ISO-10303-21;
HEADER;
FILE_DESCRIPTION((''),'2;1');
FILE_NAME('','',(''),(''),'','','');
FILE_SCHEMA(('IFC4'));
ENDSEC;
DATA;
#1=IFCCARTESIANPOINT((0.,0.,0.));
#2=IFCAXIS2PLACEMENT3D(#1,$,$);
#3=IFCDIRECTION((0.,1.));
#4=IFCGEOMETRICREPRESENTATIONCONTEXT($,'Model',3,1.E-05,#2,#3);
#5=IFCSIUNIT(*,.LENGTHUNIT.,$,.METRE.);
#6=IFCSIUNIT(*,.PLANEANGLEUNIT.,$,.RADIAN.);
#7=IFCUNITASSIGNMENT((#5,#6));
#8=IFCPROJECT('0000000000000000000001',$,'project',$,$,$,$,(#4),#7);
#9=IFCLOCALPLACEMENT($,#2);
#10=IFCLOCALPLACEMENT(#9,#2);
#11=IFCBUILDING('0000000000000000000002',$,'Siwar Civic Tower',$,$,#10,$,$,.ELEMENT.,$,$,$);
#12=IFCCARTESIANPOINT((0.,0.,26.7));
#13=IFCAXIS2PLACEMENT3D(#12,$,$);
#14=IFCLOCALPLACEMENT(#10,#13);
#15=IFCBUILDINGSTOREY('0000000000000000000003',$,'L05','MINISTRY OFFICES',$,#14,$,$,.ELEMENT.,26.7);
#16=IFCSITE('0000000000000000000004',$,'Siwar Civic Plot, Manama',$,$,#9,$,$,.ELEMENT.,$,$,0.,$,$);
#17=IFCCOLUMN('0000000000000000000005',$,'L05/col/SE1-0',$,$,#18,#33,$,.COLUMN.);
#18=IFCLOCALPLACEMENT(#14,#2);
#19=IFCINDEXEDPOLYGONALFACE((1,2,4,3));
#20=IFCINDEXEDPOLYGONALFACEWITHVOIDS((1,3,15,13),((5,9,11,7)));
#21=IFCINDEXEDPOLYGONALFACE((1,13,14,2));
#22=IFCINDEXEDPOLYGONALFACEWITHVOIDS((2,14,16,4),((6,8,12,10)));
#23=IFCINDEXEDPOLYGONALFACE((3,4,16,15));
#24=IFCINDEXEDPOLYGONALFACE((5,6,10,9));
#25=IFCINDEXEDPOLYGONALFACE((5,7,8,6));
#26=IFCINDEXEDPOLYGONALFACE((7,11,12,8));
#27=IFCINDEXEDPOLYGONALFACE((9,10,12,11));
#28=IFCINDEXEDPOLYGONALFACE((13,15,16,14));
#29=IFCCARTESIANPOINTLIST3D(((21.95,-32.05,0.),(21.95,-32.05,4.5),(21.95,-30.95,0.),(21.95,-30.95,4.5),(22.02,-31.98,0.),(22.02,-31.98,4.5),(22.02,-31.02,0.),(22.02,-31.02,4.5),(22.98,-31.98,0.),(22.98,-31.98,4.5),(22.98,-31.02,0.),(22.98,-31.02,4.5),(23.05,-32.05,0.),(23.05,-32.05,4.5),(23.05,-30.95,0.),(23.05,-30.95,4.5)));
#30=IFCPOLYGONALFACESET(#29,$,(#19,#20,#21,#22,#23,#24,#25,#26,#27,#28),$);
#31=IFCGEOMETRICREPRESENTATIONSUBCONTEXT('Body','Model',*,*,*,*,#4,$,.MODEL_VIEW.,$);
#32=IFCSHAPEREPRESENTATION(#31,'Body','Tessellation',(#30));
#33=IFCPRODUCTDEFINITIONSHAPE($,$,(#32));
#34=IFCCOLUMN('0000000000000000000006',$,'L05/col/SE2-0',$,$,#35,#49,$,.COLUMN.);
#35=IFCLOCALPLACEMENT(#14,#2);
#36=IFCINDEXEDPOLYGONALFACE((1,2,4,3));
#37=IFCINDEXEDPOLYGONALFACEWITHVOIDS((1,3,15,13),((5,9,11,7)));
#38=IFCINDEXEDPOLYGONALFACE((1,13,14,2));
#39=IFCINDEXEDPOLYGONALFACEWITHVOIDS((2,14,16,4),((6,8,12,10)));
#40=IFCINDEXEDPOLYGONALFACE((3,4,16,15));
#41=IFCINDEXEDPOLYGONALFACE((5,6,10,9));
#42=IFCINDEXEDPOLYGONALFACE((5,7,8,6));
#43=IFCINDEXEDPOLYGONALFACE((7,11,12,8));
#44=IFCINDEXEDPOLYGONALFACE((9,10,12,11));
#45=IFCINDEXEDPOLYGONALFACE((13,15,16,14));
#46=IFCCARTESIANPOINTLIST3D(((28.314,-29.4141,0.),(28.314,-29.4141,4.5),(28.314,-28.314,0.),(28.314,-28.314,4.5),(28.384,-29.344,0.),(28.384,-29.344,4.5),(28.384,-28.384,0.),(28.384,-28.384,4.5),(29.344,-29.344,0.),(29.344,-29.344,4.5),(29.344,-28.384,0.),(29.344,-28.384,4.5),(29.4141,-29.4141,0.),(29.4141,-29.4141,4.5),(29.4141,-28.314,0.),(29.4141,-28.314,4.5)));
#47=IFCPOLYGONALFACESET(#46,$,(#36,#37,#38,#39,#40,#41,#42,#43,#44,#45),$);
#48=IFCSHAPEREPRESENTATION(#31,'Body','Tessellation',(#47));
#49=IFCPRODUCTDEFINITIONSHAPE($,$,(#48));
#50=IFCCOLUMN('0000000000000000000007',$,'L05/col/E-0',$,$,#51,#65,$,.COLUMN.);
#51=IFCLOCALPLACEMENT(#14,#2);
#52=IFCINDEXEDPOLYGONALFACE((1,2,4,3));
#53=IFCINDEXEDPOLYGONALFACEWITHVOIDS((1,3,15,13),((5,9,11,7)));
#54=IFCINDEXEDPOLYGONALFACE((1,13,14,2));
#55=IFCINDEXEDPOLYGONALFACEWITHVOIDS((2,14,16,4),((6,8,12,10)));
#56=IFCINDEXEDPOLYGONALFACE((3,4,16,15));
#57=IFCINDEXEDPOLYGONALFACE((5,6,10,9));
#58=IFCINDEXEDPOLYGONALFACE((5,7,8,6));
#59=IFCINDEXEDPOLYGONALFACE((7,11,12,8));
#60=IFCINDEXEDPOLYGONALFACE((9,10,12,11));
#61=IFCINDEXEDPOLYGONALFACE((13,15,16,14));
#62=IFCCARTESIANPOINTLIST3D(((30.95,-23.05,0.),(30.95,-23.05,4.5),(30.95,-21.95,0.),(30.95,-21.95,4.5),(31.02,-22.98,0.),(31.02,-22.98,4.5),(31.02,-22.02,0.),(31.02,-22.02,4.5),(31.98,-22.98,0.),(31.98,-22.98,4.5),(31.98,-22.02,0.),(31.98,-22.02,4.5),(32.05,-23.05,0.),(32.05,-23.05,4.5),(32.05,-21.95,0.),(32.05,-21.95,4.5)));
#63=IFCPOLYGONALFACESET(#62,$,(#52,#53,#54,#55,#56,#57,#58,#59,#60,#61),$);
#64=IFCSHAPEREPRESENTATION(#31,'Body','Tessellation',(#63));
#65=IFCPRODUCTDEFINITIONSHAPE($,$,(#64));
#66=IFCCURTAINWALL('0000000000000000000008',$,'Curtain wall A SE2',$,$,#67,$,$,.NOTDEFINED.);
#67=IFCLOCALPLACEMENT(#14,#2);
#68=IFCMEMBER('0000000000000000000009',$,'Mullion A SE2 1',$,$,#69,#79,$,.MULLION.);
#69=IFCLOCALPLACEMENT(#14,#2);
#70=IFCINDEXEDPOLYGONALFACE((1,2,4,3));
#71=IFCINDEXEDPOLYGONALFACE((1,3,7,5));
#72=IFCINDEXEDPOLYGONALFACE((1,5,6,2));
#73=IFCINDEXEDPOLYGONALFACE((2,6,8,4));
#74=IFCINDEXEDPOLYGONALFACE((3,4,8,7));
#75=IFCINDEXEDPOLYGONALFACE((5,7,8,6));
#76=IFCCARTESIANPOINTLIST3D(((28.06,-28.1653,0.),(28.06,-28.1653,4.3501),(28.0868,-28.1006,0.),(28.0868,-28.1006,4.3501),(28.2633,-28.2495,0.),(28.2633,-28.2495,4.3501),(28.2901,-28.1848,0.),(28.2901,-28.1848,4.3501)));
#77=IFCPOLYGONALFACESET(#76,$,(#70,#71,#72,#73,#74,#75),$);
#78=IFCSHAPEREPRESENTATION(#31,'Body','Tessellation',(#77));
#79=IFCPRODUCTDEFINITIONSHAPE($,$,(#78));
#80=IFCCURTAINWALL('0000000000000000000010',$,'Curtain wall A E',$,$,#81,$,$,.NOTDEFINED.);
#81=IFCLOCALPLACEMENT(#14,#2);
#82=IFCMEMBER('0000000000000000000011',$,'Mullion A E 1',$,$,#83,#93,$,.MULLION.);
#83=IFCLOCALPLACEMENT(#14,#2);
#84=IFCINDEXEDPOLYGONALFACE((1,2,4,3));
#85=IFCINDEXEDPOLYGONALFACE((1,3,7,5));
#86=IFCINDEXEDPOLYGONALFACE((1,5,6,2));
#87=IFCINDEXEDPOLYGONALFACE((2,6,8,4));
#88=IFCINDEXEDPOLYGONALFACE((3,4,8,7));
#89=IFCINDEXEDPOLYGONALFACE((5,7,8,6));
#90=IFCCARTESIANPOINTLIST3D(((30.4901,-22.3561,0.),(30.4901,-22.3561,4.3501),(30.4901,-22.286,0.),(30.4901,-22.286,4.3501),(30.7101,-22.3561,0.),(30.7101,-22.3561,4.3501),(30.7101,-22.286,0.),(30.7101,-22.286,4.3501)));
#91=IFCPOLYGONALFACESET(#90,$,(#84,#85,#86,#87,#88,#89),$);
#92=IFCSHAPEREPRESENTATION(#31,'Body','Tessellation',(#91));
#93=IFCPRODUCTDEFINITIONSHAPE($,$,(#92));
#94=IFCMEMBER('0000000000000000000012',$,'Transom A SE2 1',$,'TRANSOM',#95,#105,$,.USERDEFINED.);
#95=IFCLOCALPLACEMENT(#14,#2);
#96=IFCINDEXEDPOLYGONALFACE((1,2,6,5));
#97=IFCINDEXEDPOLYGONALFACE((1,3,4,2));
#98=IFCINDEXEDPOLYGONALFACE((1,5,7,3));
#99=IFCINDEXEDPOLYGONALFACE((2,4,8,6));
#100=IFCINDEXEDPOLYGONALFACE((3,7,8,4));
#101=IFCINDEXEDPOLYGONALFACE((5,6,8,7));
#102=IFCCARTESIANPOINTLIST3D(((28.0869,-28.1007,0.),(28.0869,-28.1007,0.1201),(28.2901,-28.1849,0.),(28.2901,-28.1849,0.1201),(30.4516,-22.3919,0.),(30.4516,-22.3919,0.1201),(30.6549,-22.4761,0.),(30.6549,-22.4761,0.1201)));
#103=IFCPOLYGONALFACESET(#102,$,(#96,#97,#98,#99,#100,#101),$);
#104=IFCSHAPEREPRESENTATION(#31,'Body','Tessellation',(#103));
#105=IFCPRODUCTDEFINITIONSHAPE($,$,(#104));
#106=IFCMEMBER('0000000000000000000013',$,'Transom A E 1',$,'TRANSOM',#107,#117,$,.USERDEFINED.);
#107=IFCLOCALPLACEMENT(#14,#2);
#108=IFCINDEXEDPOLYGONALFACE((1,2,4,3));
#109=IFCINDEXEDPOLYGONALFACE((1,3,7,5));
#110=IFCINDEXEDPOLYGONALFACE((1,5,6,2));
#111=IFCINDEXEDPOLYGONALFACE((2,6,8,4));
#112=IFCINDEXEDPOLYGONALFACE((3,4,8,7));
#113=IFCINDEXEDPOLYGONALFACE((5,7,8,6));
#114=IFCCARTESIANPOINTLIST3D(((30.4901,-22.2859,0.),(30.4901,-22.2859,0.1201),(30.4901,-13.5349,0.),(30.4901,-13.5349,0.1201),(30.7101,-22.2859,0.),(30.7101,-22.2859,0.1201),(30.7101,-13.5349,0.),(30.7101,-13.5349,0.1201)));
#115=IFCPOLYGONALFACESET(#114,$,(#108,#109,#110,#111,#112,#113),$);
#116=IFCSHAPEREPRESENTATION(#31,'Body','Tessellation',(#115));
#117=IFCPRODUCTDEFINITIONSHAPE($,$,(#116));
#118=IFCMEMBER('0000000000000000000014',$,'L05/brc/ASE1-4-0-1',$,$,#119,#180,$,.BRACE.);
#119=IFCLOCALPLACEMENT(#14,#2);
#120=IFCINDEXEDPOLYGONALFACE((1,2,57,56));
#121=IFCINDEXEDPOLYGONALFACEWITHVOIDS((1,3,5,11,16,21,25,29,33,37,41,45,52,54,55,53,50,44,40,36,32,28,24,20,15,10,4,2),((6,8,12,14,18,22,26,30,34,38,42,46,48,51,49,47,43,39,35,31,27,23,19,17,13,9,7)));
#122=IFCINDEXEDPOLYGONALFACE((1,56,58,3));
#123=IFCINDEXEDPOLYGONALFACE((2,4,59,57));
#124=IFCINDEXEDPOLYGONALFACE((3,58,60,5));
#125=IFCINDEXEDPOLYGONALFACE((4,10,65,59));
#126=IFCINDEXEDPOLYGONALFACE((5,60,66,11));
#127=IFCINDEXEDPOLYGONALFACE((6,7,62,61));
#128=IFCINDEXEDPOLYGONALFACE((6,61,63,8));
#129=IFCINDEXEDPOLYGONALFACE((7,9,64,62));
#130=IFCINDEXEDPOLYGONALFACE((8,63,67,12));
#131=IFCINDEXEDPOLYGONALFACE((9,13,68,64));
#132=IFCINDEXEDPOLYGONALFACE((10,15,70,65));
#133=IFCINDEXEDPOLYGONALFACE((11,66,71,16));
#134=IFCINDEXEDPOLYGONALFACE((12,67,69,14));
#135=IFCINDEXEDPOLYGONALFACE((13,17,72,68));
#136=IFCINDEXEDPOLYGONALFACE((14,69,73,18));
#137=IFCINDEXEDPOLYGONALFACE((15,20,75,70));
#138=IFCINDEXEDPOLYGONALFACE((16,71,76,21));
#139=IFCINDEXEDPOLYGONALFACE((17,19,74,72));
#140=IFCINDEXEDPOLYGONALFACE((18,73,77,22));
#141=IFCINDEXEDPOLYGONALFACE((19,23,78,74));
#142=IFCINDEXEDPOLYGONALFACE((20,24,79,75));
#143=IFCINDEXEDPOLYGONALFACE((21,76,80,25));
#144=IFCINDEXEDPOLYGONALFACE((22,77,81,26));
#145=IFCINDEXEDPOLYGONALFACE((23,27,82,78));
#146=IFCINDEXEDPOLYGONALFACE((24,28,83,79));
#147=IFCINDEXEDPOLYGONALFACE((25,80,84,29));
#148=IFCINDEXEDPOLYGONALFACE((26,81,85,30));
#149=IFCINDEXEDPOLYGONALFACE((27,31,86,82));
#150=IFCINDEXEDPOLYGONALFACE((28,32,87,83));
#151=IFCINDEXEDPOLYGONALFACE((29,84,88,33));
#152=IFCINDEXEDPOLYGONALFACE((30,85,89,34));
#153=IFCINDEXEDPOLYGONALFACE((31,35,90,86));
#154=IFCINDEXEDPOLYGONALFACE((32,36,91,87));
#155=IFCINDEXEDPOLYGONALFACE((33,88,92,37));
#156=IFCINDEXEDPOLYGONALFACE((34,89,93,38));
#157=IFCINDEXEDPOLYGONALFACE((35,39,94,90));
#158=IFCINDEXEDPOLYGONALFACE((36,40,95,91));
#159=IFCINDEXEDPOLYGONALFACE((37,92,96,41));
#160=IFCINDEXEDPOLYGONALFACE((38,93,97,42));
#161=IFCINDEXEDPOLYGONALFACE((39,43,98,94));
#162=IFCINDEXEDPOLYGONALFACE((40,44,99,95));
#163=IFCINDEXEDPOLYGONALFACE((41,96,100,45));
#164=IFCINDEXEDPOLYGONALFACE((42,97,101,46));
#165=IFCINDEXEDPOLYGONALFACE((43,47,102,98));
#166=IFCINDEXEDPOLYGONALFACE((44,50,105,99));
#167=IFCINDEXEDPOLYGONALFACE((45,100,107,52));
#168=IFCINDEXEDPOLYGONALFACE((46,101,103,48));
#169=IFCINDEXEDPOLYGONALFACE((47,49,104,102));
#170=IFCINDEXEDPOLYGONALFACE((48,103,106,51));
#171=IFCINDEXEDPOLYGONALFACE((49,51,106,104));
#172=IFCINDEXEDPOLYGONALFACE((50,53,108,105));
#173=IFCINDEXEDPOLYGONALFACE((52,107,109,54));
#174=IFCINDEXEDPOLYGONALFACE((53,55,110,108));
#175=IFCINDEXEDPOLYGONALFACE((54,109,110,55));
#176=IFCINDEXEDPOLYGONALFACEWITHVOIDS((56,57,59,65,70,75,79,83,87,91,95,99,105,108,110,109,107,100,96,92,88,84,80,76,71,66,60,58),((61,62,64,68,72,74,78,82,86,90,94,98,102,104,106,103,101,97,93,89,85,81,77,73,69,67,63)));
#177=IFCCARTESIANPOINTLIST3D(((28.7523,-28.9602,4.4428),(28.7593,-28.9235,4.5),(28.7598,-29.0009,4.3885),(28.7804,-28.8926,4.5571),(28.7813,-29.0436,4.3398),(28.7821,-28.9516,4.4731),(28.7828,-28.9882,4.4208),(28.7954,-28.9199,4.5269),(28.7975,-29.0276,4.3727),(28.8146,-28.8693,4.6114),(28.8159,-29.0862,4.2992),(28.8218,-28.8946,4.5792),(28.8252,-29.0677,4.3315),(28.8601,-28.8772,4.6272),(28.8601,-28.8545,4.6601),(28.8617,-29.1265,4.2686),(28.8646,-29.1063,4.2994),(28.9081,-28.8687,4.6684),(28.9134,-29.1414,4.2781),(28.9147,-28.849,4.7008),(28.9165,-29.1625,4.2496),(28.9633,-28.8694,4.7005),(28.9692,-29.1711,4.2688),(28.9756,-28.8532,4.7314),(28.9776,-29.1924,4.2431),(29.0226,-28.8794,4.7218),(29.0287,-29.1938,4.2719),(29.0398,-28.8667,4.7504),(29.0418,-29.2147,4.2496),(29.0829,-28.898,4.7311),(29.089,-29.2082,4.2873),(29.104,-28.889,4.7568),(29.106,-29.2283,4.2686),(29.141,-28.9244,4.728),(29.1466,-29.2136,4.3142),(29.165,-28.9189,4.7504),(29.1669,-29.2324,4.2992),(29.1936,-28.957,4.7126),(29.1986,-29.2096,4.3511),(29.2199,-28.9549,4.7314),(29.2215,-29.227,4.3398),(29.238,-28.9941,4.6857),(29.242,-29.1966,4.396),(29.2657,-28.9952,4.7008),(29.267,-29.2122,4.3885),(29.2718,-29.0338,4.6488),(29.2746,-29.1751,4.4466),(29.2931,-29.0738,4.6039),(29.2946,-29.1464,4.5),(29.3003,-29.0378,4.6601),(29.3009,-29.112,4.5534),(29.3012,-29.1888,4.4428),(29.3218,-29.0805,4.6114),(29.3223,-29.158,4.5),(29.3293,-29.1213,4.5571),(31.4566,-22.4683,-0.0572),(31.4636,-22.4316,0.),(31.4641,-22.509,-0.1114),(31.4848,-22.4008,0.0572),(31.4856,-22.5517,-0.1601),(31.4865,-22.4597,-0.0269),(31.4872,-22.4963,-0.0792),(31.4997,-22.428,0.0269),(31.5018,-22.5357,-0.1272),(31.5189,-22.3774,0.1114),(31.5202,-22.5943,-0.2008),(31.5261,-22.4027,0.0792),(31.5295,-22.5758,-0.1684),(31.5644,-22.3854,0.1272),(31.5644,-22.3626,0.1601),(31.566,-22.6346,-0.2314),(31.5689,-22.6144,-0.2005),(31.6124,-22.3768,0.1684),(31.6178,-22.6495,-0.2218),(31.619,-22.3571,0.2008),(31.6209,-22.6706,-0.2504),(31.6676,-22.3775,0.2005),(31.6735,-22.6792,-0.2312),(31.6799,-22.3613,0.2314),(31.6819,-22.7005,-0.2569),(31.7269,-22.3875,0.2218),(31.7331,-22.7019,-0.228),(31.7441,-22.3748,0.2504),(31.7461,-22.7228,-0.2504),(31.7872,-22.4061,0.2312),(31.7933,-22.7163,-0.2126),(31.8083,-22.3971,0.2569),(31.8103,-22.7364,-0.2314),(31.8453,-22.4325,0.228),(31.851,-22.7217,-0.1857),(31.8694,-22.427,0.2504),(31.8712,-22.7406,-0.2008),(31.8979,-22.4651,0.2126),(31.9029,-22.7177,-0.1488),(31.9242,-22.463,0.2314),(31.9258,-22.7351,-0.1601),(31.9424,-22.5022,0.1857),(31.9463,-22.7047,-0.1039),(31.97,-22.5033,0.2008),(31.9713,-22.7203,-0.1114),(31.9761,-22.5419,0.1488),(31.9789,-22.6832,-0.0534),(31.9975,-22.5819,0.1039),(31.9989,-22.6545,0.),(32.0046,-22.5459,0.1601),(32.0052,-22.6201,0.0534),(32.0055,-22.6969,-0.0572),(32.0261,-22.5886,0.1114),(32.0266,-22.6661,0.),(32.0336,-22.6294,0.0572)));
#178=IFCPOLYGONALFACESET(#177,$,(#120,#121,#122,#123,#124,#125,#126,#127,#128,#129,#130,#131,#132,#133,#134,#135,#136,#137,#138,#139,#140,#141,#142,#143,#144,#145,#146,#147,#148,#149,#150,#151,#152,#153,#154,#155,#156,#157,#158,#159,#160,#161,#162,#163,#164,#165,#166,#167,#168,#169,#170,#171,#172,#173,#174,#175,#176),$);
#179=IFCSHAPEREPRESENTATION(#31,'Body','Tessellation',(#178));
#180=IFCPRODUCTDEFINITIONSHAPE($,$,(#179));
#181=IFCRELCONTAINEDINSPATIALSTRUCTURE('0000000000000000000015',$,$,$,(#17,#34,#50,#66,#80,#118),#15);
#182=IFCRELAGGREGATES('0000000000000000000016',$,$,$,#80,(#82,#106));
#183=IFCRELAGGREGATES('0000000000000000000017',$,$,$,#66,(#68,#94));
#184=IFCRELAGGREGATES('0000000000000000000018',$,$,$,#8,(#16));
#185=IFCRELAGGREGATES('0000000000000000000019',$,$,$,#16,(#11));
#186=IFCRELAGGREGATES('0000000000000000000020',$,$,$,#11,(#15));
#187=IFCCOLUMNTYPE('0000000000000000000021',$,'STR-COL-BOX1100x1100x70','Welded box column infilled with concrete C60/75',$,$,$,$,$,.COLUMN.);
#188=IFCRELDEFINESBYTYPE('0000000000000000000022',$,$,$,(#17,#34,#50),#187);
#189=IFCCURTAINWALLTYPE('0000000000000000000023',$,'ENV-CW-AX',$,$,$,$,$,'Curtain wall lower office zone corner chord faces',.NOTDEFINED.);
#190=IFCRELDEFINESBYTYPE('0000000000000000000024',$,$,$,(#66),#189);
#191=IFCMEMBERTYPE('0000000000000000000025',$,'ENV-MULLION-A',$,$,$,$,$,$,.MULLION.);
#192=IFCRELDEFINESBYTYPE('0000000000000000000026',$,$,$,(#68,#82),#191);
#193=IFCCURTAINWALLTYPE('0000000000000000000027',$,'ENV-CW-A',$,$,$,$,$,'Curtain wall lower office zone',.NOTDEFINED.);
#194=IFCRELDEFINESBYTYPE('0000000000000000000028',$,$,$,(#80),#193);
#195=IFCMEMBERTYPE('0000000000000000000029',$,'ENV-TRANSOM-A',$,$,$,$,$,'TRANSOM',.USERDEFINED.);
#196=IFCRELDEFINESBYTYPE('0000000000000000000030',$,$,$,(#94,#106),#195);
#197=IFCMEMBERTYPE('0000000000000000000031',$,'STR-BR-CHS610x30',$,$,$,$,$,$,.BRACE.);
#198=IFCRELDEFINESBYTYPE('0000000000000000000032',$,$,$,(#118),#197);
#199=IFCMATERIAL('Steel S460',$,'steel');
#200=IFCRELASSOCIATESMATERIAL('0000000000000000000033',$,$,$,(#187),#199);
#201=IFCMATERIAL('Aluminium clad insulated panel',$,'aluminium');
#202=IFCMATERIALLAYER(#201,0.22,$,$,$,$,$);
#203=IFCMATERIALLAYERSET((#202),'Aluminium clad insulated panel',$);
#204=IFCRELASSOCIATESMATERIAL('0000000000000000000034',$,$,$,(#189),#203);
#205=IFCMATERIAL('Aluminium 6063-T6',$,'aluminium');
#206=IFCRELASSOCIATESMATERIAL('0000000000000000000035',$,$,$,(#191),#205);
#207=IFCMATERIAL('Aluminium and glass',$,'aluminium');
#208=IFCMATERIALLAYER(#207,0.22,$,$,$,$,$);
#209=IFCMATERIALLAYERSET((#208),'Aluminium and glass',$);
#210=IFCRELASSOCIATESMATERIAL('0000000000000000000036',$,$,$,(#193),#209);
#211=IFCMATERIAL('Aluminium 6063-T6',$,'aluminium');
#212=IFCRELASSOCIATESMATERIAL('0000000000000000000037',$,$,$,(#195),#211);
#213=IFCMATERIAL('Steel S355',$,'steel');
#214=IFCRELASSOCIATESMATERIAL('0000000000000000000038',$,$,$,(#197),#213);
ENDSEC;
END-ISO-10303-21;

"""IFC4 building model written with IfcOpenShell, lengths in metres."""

from ifc_helpers import new_model, si_unit, direction, frame, origin, origin_2d, place, context, subcontext, project, spatial, rectangle, hollow_rectangle, hollow_circle, extrude, material, layer, layer_set, material_profile, profile_set, type_object, element, aggregate, save


model = new_model("IFC4")

# Units and contexts
model_context = context("Model", 3, precision=1e-05, world=origin(), true_north=direction((0.0, 1.0)))
body_context = subcontext(model_context, "Body", "Model", "MODEL_VIEW")
ifc_project = project(units=[si_unit("LENGTHUNIT", "METRE"), si_unit("PLANEANGLEUNIT", "RADIAN")], contexts=[model_context])

# Site, building, storey
site_placement = place(None, origin())
site = spatial("IfcSite", under=ifc_project, at=site_placement, Name="Siwar Civic Plot, Manama", CompositionType="ELEMENT", RefElevation=0.0)
building_placement = place(site_placement, origin())
building = spatial("IfcBuilding", under=site, at=building_placement, Name="Siwar Civic Tower", CompositionType="ELEMENT")
storey_placement = place(building_placement, frame((0.0, 0.0, 26.7)))
storey = spatial("IfcBuildingStorey", under=building, at=storey_placement, Name="L05", Description="MINISTRY OFFICES", CompositionType="ELEMENT", Elevation=26.7)

# Columns
ifc_material_1 = material(Name="Steel S460", Category="steel")
ifc_material_profile_1 = material_profile(ifc_material_1, hollow_rectangle(XDim=1.1001, YDim=1.1001, WallThickness=0.0701, at=origin_2d()), Name="BOX1100x1100x70")
ifc_profile_set_1 = profile_set([ifc_material_profile_1], Name="Steel S460")
column_type = type_object("IfcColumnType", Name="STR-COL-BOX1100x1100x70", Description="Welded box column infilled with concrete C60/75", PredefinedType="COLUMN", material=ifc_profile_set_1)
for number, where, z_axis, x_axis, name in (
    (1, (22.5, -31.5, 0.0), (0.0, 0.0, 1.0), (1.0, 0.0, 0.0), "L05/col/SE1-0"),
    (2, (28.864, -28.864, 0.0), (0.0, 0.0, 1.0), (1.0, 0.0, 0.0), "L05/col/SE2-0"),
    (3, (31.5, -22.5, 0.0), (0.0, 0.0, 1.0), (1.0, 0.0, 0.0), "L05/col/E-0"),
):
    element("IfcColumn", number, at=place(storey_placement, frame(where, z_axis=z_axis, x_axis=x_axis)), inside=storey, type_object=column_type, Name=name, PredefinedType="COLUMN", context=body_context, shape_type="SweptSolid", body=[
        extrude(hollow_rectangle(XDim=1.1001, YDim=1.1001, WallThickness=0.0701, at=origin_2d()), origin(), (0.0, 0.0, 1.0), 4.5),
    ])

# Curtain walls, members
ifc_material_2 = material(Name="Aluminium clad insulated panel", Category="aluminium")
ifc_layer_1 = layer(ifc_material_2, 0.22)
ifc_layer_set_1 = layer_set([ifc_layer_1], Name="Aluminium clad insulated panel")
curtain_wall_type_1 = type_object("IfcCurtainWallType", Name="ENV-CW-AX", ElementType="Curtain wall lower office zone corner chord faces", PredefinedType="NOTDEFINED", material=ifc_layer_set_1)
curtain_wall_1_placement = place(storey_placement, origin())
curtain_wall_1 = element("IfcCurtainWall", 4, at=curtain_wall_1_placement, inside=storey, type_object=curtain_wall_type_1, Name="Curtain wall A SE2", PredefinedType="NOTDEFINED")
ifc_material_3 = material(Name="Aluminium 6063-T6", Category="aluminium")
ifc_material_profile_2 = material_profile(ifc_material_3, rectangle(XDim=0.22, YDim=0.0701, at=origin_2d()), Name="AL 220x70")
ifc_profile_set_2 = profile_set([ifc_material_profile_2], Name="Aluminium 6063-T6")
member_type_1 = type_object("IfcMemberType", Name="ENV-MULLION-A", PredefinedType="MULLION", material=ifc_profile_set_2)
member_1_placement = place(storey_placement, frame((28.175, -28.175, 0.0), z_axis=(0.0, 0.0, 1.0), x_axis=(-0.92388, 0.382683, 0.0)))
member_1 = element("IfcMember", 5, at=member_1_placement, type_object=member_type_1, Name="Mullion A SE2 1", PredefinedType="MULLION", context=body_context, shape_type="SweptSolid", body=[
    extrude(rectangle(XDim=0.22, YDim=0.0701, at=origin_2d()), origin(), (0.0, 0.0, 1.0), 4.3501),
])
ifc_material_4 = material(Name="Aluminium and glass", Category="aluminium")
ifc_layer_2 = layer(ifc_material_4, 0.22)
ifc_layer_set_2 = layer_set([ifc_layer_2], Name="Aluminium and glass")
curtain_wall_type_2 = type_object("IfcCurtainWallType", Name="ENV-CW-A", ElementType="Curtain wall lower office zone", PredefinedType="NOTDEFINED", material=ifc_layer_set_2)
curtain_wall_2_placement = place(storey_placement, origin())
curtain_wall_2 = element("IfcCurtainWall", 6, at=curtain_wall_2_placement, inside=storey, type_object=curtain_wall_type_2, Name="Curtain wall A E", PredefinedType="NOTDEFINED")
member_2_placement = place(storey_placement, frame((30.6001, -22.321, 0.0), z_axis=(0.0, 0.0, 1.0), x_axis=(-1.0, 0.0, 0.0)))
member_2 = element("IfcMember", 7, at=member_2_placement, type_object=member_type_1, Name="Mullion A E 1", PredefinedType="MULLION", context=body_context, shape_type="SweptSolid", body=[
    extrude(rectangle(XDim=0.22, YDim=0.0701, at=origin_2d()), origin(), (0.0, 0.0, 1.0), 4.3501),
])

# Members
ifc_material_5 = material(Name="Aluminium 6063-T6", Category="aluminium")
ifc_material_profile_3 = material_profile(ifc_material_5, rectangle(XDim=0.22, YDim=0.1201, at=origin_2d()), Name="AL 220x120")
ifc_profile_set_3 = profile_set([ifc_material_profile_3], Name="Aluminium 6063-T6")
member_type_2 = type_object("IfcMemberType", Name="ENV-TRANSOM-A", ElementType="TRANSOM", PredefinedType="USERDEFINED", material=ifc_profile_set_3)
member_3_placement = place(storey_placement, frame((28.1885, -28.1428, 0.0601), z_axis=(0.382698, 0.923873, 0.0), x_axis=(-0.923873, 0.382698, 0.0)))
member_3 = element("IfcMember", 8, at=member_3_placement, type_object=member_type_2, Name="Transom A SE2 1", ObjectType="TRANSOM", PredefinedType="USERDEFINED", context=body_context, shape_type="SweptSolid", body=[
    extrude(rectangle(XDim=0.22, YDim=0.1201, at=origin_2d()), origin(), (0.0, 0.0, 1.0), 6.1792),
])
member_4_placement = place(storey_placement, frame((30.6001, -22.2859, 0.0601), z_axis=(0.0, 1.0, 0.0), x_axis=(-1.0, 0.0, 0.0)))
member_4 = element("IfcMember", 9, at=member_4_placement, type_object=member_type_2, Name="Transom A E 1", ObjectType="TRANSOM", PredefinedType="USERDEFINED", context=body_context, shape_type="SweptSolid", body=[
    extrude(rectangle(XDim=0.22, YDim=0.1201, at=origin_2d()), origin(), (0.0, 0.0, 1.0), 8.751),
])
aggregate(curtain_wall_2, [member_2, member_4])

# Member
ifc_material_6 = material(Name="Steel S355", Category="steel")
ifc_material_profile_4 = material_profile(ifc_material_6, hollow_circle(Radius=0.3049, WallThickness=0.03, at=origin_2d()), Name="CHS610x30")
ifc_profile_set_4 = profile_set([ifc_material_profile_4], Name="Steel S355")
member_type_3 = type_object("IfcMemberType", Name="STR-BR-CHS610x30", PredefinedType="BRACE", material=ifc_profile_set_4)
member_5_placement = place(storey_placement, frame((31.7451, -22.5488, 0.0), z_axis=(-0.323906, -0.777555, 0.538975), x_axis=(0.923109, -0.384539, 0.0)))
element("IfcMember", 10, at=member_5_placement, inside=storey, type_object=member_type_3, Name="L05/brc/ASE1-4-0-1", PredefinedType="BRACE", context=body_context, shape_type="SweptSolid", body=[
    extrude(hollow_circle(Radius=0.3049, WallThickness=0.03, at=origin_2d()), origin(), (0.0, 0.0, 1.0), 8.3491),
])

aggregate(curtain_wall_1, [member_1, member_3])

save(model, "model.ifc")
